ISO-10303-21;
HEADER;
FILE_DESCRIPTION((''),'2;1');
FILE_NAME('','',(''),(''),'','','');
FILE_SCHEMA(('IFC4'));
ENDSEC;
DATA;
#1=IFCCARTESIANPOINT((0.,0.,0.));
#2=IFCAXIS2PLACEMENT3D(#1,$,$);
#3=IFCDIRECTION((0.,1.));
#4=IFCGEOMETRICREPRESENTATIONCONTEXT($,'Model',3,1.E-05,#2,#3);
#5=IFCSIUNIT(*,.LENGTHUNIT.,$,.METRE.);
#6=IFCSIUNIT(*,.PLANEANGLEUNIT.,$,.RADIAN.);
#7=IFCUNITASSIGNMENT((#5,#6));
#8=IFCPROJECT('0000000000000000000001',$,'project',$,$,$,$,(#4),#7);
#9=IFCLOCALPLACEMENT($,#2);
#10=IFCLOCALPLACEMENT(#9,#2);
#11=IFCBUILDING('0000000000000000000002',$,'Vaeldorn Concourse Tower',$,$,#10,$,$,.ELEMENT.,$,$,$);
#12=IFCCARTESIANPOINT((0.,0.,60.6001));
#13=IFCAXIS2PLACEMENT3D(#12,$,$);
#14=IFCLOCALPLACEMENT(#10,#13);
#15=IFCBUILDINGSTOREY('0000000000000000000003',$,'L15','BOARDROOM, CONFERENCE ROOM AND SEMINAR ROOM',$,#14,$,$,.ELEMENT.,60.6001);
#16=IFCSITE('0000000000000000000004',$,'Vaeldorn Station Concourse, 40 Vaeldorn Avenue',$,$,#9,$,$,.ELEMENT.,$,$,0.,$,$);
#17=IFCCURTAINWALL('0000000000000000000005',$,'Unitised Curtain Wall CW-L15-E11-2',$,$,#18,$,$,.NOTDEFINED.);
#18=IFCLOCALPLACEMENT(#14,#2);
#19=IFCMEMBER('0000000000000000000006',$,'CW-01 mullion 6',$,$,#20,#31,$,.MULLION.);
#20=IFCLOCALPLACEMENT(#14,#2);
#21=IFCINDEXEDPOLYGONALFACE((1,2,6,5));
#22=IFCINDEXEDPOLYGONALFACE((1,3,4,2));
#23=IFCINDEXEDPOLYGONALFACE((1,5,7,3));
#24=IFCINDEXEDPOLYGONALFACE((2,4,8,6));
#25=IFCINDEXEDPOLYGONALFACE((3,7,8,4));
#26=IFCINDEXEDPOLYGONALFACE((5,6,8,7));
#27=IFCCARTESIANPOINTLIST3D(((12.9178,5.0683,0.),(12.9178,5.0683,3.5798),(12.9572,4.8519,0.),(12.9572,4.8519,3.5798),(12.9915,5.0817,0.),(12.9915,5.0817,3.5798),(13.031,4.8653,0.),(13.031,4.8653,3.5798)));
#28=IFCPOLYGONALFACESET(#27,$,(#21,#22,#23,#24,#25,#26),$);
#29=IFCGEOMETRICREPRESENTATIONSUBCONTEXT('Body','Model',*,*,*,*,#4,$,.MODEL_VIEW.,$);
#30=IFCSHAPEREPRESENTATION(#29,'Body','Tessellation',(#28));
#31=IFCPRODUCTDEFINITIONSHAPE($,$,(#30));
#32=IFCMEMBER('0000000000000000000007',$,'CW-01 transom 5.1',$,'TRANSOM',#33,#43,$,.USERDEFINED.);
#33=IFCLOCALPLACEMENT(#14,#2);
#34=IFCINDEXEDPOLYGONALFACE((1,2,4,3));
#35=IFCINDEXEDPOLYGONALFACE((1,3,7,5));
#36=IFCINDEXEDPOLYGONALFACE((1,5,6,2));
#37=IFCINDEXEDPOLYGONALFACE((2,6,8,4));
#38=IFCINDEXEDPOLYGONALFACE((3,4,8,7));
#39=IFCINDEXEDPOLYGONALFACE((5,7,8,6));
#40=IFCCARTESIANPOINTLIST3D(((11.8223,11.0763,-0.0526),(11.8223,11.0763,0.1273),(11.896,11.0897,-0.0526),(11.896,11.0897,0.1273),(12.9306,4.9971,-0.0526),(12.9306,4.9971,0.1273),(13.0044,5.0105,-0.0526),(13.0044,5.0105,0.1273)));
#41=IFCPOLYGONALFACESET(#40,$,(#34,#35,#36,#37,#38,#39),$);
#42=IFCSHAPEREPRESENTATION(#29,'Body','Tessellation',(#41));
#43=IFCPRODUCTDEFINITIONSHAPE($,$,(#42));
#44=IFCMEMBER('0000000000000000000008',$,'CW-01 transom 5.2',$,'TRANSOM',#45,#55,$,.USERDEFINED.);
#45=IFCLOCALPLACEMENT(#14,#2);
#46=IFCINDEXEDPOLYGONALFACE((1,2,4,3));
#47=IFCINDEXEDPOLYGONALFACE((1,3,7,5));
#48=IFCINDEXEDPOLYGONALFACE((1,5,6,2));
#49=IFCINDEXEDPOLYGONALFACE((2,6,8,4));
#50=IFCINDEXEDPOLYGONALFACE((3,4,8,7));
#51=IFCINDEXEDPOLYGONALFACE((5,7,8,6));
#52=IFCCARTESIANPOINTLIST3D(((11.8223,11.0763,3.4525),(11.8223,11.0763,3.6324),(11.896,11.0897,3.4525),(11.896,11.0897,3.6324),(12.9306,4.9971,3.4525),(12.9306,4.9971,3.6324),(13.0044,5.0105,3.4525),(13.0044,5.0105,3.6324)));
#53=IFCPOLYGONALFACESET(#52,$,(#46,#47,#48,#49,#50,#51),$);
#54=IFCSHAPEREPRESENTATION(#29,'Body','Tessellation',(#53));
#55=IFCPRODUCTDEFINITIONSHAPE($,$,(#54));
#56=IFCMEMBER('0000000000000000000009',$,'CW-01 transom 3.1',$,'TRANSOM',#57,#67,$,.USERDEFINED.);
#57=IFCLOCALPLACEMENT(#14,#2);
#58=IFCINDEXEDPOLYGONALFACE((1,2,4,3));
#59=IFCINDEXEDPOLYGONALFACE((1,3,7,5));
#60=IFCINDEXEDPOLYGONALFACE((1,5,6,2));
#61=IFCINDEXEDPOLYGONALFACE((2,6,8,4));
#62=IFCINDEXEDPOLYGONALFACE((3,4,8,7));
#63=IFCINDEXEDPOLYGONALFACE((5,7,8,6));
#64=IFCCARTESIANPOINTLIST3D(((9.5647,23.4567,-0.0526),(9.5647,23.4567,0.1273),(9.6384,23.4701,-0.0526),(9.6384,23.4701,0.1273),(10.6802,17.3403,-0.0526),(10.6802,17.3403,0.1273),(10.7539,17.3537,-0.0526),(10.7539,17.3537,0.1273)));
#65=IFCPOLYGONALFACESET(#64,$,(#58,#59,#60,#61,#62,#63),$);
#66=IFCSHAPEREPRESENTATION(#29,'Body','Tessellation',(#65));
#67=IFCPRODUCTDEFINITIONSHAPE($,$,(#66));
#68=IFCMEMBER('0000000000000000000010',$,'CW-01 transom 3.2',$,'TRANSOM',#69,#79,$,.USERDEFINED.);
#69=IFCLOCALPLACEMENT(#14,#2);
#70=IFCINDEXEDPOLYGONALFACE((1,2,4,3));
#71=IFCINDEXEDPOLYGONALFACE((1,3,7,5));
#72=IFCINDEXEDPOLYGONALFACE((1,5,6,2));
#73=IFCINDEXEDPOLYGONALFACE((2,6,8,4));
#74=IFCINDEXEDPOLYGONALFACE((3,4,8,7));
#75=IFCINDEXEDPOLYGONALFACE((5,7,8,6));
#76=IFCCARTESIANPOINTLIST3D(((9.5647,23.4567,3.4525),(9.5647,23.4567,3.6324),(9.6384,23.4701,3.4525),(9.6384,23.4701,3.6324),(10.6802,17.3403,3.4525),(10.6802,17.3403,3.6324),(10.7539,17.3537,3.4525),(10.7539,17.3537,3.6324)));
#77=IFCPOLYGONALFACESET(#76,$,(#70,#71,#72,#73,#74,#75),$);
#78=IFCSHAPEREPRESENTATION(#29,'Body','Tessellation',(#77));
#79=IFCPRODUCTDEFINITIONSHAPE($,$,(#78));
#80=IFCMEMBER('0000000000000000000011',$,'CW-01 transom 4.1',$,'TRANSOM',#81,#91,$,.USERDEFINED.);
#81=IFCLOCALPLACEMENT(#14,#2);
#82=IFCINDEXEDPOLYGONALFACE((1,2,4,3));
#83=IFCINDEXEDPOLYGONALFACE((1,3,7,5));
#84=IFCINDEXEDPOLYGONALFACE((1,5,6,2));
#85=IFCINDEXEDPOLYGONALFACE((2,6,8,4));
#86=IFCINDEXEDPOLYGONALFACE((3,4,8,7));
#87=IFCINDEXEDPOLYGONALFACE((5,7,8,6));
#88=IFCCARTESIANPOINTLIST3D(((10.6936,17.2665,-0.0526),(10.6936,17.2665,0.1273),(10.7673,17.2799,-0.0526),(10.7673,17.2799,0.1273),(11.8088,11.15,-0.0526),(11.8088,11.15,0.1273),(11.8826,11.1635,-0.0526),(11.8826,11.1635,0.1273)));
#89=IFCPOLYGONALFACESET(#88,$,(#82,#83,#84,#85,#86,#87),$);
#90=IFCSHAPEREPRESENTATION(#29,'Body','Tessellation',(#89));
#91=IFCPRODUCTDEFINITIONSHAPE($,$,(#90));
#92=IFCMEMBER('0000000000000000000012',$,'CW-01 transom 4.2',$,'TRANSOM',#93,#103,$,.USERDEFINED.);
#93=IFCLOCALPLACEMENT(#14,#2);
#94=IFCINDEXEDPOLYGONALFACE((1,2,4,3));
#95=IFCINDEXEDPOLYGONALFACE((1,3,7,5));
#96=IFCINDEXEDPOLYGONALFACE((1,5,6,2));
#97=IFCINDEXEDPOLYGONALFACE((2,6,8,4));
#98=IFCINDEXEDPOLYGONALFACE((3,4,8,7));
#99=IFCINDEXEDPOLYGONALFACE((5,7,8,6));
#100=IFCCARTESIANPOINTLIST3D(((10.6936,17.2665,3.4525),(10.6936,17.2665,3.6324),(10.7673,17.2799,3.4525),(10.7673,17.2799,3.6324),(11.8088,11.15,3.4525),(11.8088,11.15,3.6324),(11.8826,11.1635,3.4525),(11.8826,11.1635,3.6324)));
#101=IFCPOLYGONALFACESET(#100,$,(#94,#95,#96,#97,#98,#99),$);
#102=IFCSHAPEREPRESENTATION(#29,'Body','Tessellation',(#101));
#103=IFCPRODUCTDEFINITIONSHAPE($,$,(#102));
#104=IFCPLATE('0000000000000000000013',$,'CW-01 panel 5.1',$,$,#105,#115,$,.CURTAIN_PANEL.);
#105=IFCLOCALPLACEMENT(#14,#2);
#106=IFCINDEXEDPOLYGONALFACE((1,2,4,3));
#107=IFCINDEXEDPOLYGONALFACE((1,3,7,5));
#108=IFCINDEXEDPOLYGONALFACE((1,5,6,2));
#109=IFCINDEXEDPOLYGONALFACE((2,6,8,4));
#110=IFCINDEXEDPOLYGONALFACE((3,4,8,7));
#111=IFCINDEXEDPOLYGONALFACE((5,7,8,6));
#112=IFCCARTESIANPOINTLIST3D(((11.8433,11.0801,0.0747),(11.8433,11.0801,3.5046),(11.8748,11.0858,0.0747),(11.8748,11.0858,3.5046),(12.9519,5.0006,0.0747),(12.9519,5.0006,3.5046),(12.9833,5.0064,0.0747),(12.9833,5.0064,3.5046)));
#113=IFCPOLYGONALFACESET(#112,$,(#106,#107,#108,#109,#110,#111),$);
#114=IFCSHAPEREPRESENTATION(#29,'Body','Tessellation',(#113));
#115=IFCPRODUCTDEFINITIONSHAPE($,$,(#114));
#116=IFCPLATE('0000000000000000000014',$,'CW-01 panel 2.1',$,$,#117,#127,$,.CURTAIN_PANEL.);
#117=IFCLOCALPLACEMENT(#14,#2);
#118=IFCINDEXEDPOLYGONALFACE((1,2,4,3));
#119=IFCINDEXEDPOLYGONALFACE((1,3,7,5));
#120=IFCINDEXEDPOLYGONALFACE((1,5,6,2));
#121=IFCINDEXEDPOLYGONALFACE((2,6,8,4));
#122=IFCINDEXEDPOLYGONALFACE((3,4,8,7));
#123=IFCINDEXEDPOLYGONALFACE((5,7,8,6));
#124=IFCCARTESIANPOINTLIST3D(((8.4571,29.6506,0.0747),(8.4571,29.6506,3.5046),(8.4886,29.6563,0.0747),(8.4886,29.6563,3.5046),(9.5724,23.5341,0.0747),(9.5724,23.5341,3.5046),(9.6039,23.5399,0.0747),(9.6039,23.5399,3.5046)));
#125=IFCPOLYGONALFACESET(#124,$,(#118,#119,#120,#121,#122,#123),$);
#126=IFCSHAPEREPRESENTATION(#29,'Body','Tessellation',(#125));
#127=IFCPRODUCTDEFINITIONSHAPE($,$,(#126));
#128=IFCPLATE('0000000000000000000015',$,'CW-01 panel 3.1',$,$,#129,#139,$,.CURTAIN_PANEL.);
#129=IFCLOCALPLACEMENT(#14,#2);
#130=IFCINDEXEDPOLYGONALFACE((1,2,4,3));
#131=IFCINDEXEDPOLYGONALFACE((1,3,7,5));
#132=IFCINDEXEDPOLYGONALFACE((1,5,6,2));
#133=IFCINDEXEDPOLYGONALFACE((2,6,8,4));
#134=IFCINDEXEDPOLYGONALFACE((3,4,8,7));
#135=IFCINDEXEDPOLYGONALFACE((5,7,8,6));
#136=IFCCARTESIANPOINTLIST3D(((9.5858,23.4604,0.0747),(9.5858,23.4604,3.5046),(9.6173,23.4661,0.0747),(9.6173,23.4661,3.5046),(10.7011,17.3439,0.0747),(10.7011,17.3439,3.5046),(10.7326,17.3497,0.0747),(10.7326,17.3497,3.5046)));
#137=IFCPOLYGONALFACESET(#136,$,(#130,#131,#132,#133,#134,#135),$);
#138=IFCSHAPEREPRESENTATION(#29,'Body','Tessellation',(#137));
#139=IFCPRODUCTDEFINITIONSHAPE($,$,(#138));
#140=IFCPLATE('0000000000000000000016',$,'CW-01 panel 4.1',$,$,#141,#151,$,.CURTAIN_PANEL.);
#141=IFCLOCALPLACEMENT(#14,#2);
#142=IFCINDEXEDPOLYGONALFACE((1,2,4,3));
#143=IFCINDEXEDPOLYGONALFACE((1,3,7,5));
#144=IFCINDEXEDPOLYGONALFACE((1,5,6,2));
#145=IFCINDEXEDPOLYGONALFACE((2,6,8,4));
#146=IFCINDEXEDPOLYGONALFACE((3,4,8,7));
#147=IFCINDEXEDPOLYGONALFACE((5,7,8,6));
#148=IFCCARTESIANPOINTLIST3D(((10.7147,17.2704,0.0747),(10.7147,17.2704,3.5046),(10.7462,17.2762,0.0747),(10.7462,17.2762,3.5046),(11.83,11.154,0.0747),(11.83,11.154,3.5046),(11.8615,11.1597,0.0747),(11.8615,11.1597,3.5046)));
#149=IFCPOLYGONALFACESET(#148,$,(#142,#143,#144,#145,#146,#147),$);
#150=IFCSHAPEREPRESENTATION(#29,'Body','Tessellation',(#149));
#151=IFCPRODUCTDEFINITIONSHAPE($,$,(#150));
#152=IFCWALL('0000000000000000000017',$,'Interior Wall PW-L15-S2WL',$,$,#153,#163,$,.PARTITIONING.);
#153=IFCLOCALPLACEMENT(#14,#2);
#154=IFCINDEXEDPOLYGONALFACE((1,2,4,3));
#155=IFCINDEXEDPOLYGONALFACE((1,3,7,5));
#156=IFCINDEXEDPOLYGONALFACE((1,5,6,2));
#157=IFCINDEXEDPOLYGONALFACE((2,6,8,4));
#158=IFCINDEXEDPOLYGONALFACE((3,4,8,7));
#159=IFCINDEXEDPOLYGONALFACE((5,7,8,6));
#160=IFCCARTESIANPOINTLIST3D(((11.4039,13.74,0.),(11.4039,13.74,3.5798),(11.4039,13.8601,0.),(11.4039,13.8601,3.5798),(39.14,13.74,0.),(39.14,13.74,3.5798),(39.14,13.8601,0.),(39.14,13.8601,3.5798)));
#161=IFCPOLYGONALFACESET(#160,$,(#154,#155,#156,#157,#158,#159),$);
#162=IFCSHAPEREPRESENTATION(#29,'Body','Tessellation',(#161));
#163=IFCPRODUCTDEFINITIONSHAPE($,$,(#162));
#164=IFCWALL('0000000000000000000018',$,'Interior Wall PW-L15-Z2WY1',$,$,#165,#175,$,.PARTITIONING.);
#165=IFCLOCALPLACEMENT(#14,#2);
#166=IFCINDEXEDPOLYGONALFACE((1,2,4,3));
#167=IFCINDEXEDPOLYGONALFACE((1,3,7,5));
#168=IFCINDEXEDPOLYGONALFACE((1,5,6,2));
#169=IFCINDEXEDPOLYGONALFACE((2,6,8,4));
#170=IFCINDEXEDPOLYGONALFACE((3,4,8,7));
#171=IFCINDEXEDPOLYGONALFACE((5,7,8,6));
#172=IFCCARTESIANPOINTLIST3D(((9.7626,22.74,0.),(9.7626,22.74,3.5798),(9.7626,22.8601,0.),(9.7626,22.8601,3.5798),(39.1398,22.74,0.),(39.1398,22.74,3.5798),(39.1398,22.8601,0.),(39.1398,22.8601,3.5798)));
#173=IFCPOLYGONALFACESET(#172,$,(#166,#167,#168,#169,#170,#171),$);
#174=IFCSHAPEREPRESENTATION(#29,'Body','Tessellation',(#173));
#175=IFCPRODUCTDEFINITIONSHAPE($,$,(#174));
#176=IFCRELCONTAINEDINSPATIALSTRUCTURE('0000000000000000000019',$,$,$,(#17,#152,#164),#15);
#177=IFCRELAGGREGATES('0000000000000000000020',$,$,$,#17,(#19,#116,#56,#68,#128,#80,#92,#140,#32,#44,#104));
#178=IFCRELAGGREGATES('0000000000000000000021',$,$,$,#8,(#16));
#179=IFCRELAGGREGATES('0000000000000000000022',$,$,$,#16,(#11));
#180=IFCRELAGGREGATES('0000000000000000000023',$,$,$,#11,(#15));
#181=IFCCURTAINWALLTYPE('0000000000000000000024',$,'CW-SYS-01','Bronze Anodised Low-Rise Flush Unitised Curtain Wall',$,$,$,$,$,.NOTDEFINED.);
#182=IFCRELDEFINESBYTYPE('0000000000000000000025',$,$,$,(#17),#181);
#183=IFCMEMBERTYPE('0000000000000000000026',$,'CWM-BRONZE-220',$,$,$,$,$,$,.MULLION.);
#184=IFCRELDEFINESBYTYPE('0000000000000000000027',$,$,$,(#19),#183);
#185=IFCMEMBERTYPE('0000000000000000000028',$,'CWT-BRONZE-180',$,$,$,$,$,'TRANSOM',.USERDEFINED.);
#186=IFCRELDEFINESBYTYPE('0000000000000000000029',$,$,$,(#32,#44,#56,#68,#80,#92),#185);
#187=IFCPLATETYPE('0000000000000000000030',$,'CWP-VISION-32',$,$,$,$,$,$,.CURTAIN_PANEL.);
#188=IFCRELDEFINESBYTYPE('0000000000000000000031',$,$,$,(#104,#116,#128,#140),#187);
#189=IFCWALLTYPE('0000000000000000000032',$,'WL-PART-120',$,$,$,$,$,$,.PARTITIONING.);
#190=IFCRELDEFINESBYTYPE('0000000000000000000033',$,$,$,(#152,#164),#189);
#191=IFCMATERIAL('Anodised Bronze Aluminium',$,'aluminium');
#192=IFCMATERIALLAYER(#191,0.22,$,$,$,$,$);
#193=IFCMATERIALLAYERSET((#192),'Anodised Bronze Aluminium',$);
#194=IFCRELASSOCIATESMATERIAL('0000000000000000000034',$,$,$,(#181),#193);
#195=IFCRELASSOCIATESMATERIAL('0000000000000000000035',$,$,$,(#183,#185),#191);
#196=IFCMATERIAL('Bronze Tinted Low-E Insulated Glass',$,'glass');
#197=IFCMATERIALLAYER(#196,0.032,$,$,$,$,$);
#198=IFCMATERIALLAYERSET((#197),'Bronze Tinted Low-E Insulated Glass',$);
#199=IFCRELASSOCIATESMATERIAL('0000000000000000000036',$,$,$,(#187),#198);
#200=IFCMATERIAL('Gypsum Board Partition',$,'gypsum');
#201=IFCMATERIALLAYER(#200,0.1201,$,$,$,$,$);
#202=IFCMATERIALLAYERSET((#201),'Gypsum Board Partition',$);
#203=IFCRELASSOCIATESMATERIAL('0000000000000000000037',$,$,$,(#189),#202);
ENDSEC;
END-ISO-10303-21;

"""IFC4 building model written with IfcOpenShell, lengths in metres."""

from ifc_helpers import new_model, si_unit, direction, frame, frame_2d, origin, origin_2d, place, context, subcontext, project, spatial, rectangle, extrude, source, transform, mapped, material, layer, layer_set, material_profile, profile_set, type_object, element, aggregate, save


model = new_model("IFC4")

# Units and contexts
model_context = context("Model", 3, precision=1e-05, world=origin(), true_north=direction((0.0, 1.0)))
body_context = subcontext(model_context, "Body", "Model", "MODEL_VIEW")
ifc_project = project(units=[si_unit("LENGTHUNIT", "METRE"), si_unit("PLANEANGLEUNIT", "RADIAN")], contexts=[model_context])

# Site, building, storey
site_placement = place(None, origin())
site = spatial("IfcSite", under=ifc_project, at=site_placement, Name="Vaeldorn Station Concourse, 40 Vaeldorn Avenue", CompositionType="ELEMENT", RefElevation=0.0)
building_placement = place(site_placement, origin())
building = spatial("IfcBuilding", under=site, at=building_placement, Name="Vaeldorn Concourse Tower", CompositionType="ELEMENT")
storey_placement = place(building_placement, frame((0.0, 0.0, 60.6001)))
storey = spatial("IfcBuildingStorey", under=building, at=storey_placement, Name="L15", Description="BOARDROOM, CONFERENCE ROOM AND SEMINAR ROOM", CompositionType="ELEMENT", Elevation=60.6001)

# Curtain wall, members, plates
ifc_material_1 = material(Name="Anodised Bronze Aluminium", Category="aluminium")
ifc_layer_1 = layer(ifc_material_1, 0.22)
ifc_layer_set_1 = layer_set([ifc_layer_1], Name="Anodised Bronze Aluminium")
curtain_wall_type = type_object("IfcCurtainWallType", Name="CW-SYS-01", Description="Bronze Anodised Low-Rise Flush Unitised Curtain Wall", PredefinedType="NOTDEFINED", material=ifc_layer_set_1)
curtain_wall_placement = place(storey_placement, origin())
curtain_wall = element("IfcCurtainWall", 1, at=curtain_wall_placement, inside=storey, type_object=curtain_wall_type, Name="Unitised Curtain Wall CW-L15-E11-2", PredefinedType="NOTDEFINED")
ifc_material_profile_1 = material_profile(ifc_material_1, rectangle(XDim=0.075, YDim=0.22, at=origin_2d()), Name="CWM 75x220")
ifc_profile_set_1 = profile_set([ifc_material_profile_1], Name="Anodised Bronze Aluminium")
member_type_1 = type_object("IfcMemberType", Name="CWM-BRONZE-220", PredefinedType="MULLION", material=ifc_profile_set_1)
shared_shape_1 = source(origin(), body_context, "Body", "SweptSolid", [
    extrude(rectangle(XDim=0.075, YDim=0.22, at=origin_2d()), origin(), (0.0, 0.0, 1.0), 3.5798),
])
member_1_placement = place(storey_placement, frame((12.9744, 4.9668, 0.0), z_axis=(0.0, 0.0, 1.0), x_axis=(0.983779, 0.179384, 0.0)))
member_1 = element("IfcMember", 2, at=member_1_placement, type_object=member_type_1, Name="CW-01 mullion 6", PredefinedType="MULLION", context=body_context, shape_type="MappedRepresentation", body=[
    mapped(shared_shape_1, transform((0.0, 0.0, 0.0), scale=1.0)),
])
ifc_material_profile_2 = material_profile(ifc_material_1, rectangle(XDim=0.075, YDim=0.1799, at=origin_2d()), Name="CWT 75x180")
ifc_profile_set_2 = profile_set([ifc_material_profile_2], Name="Anodised Bronze Aluminium")
member_type_2 = type_object("IfcMemberType", Name="CWT-BRONZE-180", ElementType="TRANSOM", PredefinedType="USERDEFINED", material=ifc_profile_set_2)
shared_shape_2 = source(origin(), body_context, "Body", "SweptSolid", [
    extrude(rectangle(XDim=0.075, YDim=0.1799, at=origin_2d()), origin(), (0.0, 0.0, 1.0), 6.1794),
])
member_2_placement = place(storey_placement, frame((11.8591, 11.083, 0.0374), z_axis=(0.179365, -0.983783, 0.0), x_axis=(0.983783, 0.179365, 0.0)))
member_2 = element("IfcMember", 3, at=member_2_placement, type_object=member_type_2, Name="CW-01 transom 5.1", ObjectType="TRANSOM", PredefinedType="USERDEFINED", context=body_context, shape_type="MappedRepresentation", body=[
    mapped(shared_shape_2, transform((0.0, 0.0, 0.0), scale=1.0)),
])
member_3_placement = place(storey_placement, frame((11.8591, 11.083, 3.5425), z_axis=(0.179365, -0.983783, 0.0), x_axis=(0.983783, 0.179365, 0.0)))
member_3 = element("IfcMember", 4, at=member_3_placement, type_object=member_type_2, Name="CW-01 transom 5.2", ObjectType="TRANSOM", PredefinedType="USERDEFINED", context=body_context, shape_type="MappedRepresentation", body=[
    mapped(shared_shape_2, transform((0.0, 0.0, 0.0), scale=1.0)),
])
shared_shape_3 = source(origin(), body_context, "Body", "SweptSolid", [
    extrude(rectangle(XDim=0.075, YDim=0.1799, at=origin_2d()), origin(), (0.0, 0.0, 1.0), 6.2173),
])
member_4_placement = place(storey_placement, frame((9.6016, 23.4634, 0.0374), z_axis=(0.179414, -0.983774, 0.0), x_axis=(0.983774, 0.179414, 0.0)))
member_4 = element("IfcMember", 5, at=member_4_placement, type_object=member_type_2, Name="CW-01 transom 3.1", ObjectType="TRANSOM", PredefinedType="USERDEFINED", context=body_context, shape_type="MappedRepresentation", body=[
    mapped(shared_shape_3, transform((0.0, 0.0, 0.0), scale=1.0)),
])
member_5_placement = place(storey_placement, frame((9.6016, 23.4634, 3.5425), z_axis=(0.179414, -0.983774, 0.0), x_axis=(0.983774, 0.179414, 0.0)))
member_5 = element("IfcMember", 6, at=member_5_placement, type_object=member_type_2, Name="CW-01 transom 3.2", ObjectType="TRANSOM", PredefinedType="USERDEFINED", context=body_context, shape_type="MappedRepresentation", body=[
    mapped(shared_shape_3, transform((0.0, 0.0, 0.0), scale=1.0)),
])
member_6_placement = place(storey_placement, frame((10.7305, 17.2732, 0.0374), z_axis=(0.179376, -0.983781, 0.0), x_axis=(0.983781, 0.179376, 0.0)))
member_6 = element("IfcMember", 7, at=member_6_placement, type_object=member_type_2, Name="CW-01 transom 4.1", ObjectType="TRANSOM", PredefinedType="USERDEFINED", context=body_context, shape_type="MappedRepresentation", body=[
    mapped(shared_shape_3, transform((0.0, 0.0, 0.0), scale=1.0)),
])
member_7_placement = place(storey_placement, frame((10.7305, 17.2732, 3.5425), z_axis=(0.179376, -0.983781, 0.0), x_axis=(0.983781, 0.179376, 0.0)))
member_7 = element("IfcMember", 8, at=member_7_placement, type_object=member_type_2, Name="CW-01 transom 4.2", ObjectType="TRANSOM", PredefinedType="USERDEFINED", context=body_context, shape_type="MappedRepresentation", body=[
    mapped(shared_shape_3, transform((0.0, 0.0, 0.0), scale=1.0)),
])
ifc_material_2 = material(Name="Bronze Tinted Low-E Insulated Glass", Category="glass")
ifc_layer_2 = layer(ifc_material_2, 0.032)
ifc_layer_set_2 = layer_set([ifc_layer_2], Name="Bronze Tinted Low-E Insulated Glass")
plate_type = type_object("IfcPlateType", Name="CWP-VISION-32", PredefinedType="CURTAIN_PANEL", material=ifc_layer_set_2)
shared_shape_4 = source(origin(), body_context, "Body", "SweptSolid", [
    extrude(rectangle(XDim=6.1797, YDim=0.032, at=origin_2d()), origin(), (0.0, 0.0, 1.0), 3.4299),
])
plate_1_placement = place(storey_placement, frame((12.4133, 8.0432, 0.0747), z_axis=(0.0, 0.0, 1.0), x_axis=(0.179384, -0.983779, 0.0)))
plate_1 = element("IfcPlate", 9, at=plate_1_placement, type_object=plate_type, Name="CW-01 panel 5.1", PredefinedType="CURTAIN_PANEL", context=body_context, shape_type="MappedRepresentation", body=[
    mapped(shared_shape_4, transform((0.0, 0.0, 0.0), scale=1.0)),
])
shared_shape_5 = source(origin(), body_context, "Body", "SweptSolid", [
    extrude(rectangle(XDim=6.2173, YDim=0.032, at=origin_2d()), origin(), (0.0, 0.0, 1.0), 3.4299),
])
plate_2_placement = place(storey_placement, frame((9.0305, 26.5952, 0.0747), z_axis=(0.0, 0.0, 1.0), x_axis=(0.179384, -0.983779, 0.0)))
plate_2 = element("IfcPlate", 10, at=plate_2_placement, type_object=plate_type, Name="CW-01 panel 2.1", PredefinedType="CURTAIN_PANEL", context=body_context, shape_type="MappedRepresentation", body=[
    mapped(shared_shape_5, transform((0.0, 0.0, 0.0), scale=1.0)),
])
plate_3_placement = place(storey_placement, frame((10.1592, 20.405, 0.0747), z_axis=(0.0, 0.0, 1.0), x_axis=(0.179384, -0.983779, 0.0)))
plate_3 = element("IfcPlate", 11, at=plate_3_placement, type_object=plate_type, Name="CW-01 panel 3.1", PredefinedType="CURTAIN_PANEL", context=body_context, shape_type="MappedRepresentation", body=[
    mapped(shared_shape_5, transform((0.0, 0.0, 0.0), scale=1.0)),
])
plate_4_placement = place(storey_placement, frame((11.2881, 14.2151, 0.0747), z_axis=(0.0, 0.0, 1.0), x_axis=(0.179384, -0.983779, 0.0)))
plate_4 = element("IfcPlate", 12, at=plate_4_placement, type_object=plate_type, Name="CW-01 panel 4.1", PredefinedType="CURTAIN_PANEL", context=body_context, shape_type="MappedRepresentation", body=[
    mapped(shared_shape_5, transform((0.0, 0.0, 0.0), scale=1.0)),
])
aggregate(curtain_wall, [member_1, plate_2, member_4, member_5, plate_3, member_6, member_7, plate_4, member_2, member_3, plate_1])

# Walls
ifc_material_3 = material(Name="Gypsum Board Partition", Category="gypsum")
ifc_layer_3 = layer(ifc_material_3, 0.1201)
ifc_layer_set_3 = layer_set([ifc_layer_3], Name="Gypsum Board Partition")
wall_type = type_object("IfcWallType", Name="WL-PART-120", PredefinedType="PARTITIONING", material=ifc_layer_set_3)
wall_1_placement = place(storey_placement, frame((11.4038, 13.8, 0.0), z_axis=(0.0, 0.0, 1.0), x_axis=(1.0, 0.0, 0.0)))
element("IfcWall", 13, at=wall_1_placement, inside=storey, type_object=wall_type, Name="Interior Wall PW-L15-S2WL", PredefinedType="PARTITIONING", context=body_context, shape_type="SweptSolid", body=[
    extrude(rectangle(XDim=27.7361, YDim=0.1201, at=frame_2d((13.8682, 0.0))), origin(), (0.0, 0.0, 1.0), 3.5798),
])
wall_2_placement = place(storey_placement, frame((9.7627, 22.8, 0.0), z_axis=(0.0, 0.0, 1.0), x_axis=(1.0, 0.0, 0.0)))
element("IfcWall", 14, at=wall_2_placement, inside=storey, type_object=wall_type, Name="Interior Wall PW-L15-Z2WY1", PredefinedType="PARTITIONING", context=body_context, shape_type="SweptSolid", body=[
    extrude(rectangle(XDim=29.3772, YDim=0.1201, at=frame_2d((14.6885, 0.0))), origin(), (0.0, 0.0, 1.0), 3.5798),
])

save(model, "model.ifc")
